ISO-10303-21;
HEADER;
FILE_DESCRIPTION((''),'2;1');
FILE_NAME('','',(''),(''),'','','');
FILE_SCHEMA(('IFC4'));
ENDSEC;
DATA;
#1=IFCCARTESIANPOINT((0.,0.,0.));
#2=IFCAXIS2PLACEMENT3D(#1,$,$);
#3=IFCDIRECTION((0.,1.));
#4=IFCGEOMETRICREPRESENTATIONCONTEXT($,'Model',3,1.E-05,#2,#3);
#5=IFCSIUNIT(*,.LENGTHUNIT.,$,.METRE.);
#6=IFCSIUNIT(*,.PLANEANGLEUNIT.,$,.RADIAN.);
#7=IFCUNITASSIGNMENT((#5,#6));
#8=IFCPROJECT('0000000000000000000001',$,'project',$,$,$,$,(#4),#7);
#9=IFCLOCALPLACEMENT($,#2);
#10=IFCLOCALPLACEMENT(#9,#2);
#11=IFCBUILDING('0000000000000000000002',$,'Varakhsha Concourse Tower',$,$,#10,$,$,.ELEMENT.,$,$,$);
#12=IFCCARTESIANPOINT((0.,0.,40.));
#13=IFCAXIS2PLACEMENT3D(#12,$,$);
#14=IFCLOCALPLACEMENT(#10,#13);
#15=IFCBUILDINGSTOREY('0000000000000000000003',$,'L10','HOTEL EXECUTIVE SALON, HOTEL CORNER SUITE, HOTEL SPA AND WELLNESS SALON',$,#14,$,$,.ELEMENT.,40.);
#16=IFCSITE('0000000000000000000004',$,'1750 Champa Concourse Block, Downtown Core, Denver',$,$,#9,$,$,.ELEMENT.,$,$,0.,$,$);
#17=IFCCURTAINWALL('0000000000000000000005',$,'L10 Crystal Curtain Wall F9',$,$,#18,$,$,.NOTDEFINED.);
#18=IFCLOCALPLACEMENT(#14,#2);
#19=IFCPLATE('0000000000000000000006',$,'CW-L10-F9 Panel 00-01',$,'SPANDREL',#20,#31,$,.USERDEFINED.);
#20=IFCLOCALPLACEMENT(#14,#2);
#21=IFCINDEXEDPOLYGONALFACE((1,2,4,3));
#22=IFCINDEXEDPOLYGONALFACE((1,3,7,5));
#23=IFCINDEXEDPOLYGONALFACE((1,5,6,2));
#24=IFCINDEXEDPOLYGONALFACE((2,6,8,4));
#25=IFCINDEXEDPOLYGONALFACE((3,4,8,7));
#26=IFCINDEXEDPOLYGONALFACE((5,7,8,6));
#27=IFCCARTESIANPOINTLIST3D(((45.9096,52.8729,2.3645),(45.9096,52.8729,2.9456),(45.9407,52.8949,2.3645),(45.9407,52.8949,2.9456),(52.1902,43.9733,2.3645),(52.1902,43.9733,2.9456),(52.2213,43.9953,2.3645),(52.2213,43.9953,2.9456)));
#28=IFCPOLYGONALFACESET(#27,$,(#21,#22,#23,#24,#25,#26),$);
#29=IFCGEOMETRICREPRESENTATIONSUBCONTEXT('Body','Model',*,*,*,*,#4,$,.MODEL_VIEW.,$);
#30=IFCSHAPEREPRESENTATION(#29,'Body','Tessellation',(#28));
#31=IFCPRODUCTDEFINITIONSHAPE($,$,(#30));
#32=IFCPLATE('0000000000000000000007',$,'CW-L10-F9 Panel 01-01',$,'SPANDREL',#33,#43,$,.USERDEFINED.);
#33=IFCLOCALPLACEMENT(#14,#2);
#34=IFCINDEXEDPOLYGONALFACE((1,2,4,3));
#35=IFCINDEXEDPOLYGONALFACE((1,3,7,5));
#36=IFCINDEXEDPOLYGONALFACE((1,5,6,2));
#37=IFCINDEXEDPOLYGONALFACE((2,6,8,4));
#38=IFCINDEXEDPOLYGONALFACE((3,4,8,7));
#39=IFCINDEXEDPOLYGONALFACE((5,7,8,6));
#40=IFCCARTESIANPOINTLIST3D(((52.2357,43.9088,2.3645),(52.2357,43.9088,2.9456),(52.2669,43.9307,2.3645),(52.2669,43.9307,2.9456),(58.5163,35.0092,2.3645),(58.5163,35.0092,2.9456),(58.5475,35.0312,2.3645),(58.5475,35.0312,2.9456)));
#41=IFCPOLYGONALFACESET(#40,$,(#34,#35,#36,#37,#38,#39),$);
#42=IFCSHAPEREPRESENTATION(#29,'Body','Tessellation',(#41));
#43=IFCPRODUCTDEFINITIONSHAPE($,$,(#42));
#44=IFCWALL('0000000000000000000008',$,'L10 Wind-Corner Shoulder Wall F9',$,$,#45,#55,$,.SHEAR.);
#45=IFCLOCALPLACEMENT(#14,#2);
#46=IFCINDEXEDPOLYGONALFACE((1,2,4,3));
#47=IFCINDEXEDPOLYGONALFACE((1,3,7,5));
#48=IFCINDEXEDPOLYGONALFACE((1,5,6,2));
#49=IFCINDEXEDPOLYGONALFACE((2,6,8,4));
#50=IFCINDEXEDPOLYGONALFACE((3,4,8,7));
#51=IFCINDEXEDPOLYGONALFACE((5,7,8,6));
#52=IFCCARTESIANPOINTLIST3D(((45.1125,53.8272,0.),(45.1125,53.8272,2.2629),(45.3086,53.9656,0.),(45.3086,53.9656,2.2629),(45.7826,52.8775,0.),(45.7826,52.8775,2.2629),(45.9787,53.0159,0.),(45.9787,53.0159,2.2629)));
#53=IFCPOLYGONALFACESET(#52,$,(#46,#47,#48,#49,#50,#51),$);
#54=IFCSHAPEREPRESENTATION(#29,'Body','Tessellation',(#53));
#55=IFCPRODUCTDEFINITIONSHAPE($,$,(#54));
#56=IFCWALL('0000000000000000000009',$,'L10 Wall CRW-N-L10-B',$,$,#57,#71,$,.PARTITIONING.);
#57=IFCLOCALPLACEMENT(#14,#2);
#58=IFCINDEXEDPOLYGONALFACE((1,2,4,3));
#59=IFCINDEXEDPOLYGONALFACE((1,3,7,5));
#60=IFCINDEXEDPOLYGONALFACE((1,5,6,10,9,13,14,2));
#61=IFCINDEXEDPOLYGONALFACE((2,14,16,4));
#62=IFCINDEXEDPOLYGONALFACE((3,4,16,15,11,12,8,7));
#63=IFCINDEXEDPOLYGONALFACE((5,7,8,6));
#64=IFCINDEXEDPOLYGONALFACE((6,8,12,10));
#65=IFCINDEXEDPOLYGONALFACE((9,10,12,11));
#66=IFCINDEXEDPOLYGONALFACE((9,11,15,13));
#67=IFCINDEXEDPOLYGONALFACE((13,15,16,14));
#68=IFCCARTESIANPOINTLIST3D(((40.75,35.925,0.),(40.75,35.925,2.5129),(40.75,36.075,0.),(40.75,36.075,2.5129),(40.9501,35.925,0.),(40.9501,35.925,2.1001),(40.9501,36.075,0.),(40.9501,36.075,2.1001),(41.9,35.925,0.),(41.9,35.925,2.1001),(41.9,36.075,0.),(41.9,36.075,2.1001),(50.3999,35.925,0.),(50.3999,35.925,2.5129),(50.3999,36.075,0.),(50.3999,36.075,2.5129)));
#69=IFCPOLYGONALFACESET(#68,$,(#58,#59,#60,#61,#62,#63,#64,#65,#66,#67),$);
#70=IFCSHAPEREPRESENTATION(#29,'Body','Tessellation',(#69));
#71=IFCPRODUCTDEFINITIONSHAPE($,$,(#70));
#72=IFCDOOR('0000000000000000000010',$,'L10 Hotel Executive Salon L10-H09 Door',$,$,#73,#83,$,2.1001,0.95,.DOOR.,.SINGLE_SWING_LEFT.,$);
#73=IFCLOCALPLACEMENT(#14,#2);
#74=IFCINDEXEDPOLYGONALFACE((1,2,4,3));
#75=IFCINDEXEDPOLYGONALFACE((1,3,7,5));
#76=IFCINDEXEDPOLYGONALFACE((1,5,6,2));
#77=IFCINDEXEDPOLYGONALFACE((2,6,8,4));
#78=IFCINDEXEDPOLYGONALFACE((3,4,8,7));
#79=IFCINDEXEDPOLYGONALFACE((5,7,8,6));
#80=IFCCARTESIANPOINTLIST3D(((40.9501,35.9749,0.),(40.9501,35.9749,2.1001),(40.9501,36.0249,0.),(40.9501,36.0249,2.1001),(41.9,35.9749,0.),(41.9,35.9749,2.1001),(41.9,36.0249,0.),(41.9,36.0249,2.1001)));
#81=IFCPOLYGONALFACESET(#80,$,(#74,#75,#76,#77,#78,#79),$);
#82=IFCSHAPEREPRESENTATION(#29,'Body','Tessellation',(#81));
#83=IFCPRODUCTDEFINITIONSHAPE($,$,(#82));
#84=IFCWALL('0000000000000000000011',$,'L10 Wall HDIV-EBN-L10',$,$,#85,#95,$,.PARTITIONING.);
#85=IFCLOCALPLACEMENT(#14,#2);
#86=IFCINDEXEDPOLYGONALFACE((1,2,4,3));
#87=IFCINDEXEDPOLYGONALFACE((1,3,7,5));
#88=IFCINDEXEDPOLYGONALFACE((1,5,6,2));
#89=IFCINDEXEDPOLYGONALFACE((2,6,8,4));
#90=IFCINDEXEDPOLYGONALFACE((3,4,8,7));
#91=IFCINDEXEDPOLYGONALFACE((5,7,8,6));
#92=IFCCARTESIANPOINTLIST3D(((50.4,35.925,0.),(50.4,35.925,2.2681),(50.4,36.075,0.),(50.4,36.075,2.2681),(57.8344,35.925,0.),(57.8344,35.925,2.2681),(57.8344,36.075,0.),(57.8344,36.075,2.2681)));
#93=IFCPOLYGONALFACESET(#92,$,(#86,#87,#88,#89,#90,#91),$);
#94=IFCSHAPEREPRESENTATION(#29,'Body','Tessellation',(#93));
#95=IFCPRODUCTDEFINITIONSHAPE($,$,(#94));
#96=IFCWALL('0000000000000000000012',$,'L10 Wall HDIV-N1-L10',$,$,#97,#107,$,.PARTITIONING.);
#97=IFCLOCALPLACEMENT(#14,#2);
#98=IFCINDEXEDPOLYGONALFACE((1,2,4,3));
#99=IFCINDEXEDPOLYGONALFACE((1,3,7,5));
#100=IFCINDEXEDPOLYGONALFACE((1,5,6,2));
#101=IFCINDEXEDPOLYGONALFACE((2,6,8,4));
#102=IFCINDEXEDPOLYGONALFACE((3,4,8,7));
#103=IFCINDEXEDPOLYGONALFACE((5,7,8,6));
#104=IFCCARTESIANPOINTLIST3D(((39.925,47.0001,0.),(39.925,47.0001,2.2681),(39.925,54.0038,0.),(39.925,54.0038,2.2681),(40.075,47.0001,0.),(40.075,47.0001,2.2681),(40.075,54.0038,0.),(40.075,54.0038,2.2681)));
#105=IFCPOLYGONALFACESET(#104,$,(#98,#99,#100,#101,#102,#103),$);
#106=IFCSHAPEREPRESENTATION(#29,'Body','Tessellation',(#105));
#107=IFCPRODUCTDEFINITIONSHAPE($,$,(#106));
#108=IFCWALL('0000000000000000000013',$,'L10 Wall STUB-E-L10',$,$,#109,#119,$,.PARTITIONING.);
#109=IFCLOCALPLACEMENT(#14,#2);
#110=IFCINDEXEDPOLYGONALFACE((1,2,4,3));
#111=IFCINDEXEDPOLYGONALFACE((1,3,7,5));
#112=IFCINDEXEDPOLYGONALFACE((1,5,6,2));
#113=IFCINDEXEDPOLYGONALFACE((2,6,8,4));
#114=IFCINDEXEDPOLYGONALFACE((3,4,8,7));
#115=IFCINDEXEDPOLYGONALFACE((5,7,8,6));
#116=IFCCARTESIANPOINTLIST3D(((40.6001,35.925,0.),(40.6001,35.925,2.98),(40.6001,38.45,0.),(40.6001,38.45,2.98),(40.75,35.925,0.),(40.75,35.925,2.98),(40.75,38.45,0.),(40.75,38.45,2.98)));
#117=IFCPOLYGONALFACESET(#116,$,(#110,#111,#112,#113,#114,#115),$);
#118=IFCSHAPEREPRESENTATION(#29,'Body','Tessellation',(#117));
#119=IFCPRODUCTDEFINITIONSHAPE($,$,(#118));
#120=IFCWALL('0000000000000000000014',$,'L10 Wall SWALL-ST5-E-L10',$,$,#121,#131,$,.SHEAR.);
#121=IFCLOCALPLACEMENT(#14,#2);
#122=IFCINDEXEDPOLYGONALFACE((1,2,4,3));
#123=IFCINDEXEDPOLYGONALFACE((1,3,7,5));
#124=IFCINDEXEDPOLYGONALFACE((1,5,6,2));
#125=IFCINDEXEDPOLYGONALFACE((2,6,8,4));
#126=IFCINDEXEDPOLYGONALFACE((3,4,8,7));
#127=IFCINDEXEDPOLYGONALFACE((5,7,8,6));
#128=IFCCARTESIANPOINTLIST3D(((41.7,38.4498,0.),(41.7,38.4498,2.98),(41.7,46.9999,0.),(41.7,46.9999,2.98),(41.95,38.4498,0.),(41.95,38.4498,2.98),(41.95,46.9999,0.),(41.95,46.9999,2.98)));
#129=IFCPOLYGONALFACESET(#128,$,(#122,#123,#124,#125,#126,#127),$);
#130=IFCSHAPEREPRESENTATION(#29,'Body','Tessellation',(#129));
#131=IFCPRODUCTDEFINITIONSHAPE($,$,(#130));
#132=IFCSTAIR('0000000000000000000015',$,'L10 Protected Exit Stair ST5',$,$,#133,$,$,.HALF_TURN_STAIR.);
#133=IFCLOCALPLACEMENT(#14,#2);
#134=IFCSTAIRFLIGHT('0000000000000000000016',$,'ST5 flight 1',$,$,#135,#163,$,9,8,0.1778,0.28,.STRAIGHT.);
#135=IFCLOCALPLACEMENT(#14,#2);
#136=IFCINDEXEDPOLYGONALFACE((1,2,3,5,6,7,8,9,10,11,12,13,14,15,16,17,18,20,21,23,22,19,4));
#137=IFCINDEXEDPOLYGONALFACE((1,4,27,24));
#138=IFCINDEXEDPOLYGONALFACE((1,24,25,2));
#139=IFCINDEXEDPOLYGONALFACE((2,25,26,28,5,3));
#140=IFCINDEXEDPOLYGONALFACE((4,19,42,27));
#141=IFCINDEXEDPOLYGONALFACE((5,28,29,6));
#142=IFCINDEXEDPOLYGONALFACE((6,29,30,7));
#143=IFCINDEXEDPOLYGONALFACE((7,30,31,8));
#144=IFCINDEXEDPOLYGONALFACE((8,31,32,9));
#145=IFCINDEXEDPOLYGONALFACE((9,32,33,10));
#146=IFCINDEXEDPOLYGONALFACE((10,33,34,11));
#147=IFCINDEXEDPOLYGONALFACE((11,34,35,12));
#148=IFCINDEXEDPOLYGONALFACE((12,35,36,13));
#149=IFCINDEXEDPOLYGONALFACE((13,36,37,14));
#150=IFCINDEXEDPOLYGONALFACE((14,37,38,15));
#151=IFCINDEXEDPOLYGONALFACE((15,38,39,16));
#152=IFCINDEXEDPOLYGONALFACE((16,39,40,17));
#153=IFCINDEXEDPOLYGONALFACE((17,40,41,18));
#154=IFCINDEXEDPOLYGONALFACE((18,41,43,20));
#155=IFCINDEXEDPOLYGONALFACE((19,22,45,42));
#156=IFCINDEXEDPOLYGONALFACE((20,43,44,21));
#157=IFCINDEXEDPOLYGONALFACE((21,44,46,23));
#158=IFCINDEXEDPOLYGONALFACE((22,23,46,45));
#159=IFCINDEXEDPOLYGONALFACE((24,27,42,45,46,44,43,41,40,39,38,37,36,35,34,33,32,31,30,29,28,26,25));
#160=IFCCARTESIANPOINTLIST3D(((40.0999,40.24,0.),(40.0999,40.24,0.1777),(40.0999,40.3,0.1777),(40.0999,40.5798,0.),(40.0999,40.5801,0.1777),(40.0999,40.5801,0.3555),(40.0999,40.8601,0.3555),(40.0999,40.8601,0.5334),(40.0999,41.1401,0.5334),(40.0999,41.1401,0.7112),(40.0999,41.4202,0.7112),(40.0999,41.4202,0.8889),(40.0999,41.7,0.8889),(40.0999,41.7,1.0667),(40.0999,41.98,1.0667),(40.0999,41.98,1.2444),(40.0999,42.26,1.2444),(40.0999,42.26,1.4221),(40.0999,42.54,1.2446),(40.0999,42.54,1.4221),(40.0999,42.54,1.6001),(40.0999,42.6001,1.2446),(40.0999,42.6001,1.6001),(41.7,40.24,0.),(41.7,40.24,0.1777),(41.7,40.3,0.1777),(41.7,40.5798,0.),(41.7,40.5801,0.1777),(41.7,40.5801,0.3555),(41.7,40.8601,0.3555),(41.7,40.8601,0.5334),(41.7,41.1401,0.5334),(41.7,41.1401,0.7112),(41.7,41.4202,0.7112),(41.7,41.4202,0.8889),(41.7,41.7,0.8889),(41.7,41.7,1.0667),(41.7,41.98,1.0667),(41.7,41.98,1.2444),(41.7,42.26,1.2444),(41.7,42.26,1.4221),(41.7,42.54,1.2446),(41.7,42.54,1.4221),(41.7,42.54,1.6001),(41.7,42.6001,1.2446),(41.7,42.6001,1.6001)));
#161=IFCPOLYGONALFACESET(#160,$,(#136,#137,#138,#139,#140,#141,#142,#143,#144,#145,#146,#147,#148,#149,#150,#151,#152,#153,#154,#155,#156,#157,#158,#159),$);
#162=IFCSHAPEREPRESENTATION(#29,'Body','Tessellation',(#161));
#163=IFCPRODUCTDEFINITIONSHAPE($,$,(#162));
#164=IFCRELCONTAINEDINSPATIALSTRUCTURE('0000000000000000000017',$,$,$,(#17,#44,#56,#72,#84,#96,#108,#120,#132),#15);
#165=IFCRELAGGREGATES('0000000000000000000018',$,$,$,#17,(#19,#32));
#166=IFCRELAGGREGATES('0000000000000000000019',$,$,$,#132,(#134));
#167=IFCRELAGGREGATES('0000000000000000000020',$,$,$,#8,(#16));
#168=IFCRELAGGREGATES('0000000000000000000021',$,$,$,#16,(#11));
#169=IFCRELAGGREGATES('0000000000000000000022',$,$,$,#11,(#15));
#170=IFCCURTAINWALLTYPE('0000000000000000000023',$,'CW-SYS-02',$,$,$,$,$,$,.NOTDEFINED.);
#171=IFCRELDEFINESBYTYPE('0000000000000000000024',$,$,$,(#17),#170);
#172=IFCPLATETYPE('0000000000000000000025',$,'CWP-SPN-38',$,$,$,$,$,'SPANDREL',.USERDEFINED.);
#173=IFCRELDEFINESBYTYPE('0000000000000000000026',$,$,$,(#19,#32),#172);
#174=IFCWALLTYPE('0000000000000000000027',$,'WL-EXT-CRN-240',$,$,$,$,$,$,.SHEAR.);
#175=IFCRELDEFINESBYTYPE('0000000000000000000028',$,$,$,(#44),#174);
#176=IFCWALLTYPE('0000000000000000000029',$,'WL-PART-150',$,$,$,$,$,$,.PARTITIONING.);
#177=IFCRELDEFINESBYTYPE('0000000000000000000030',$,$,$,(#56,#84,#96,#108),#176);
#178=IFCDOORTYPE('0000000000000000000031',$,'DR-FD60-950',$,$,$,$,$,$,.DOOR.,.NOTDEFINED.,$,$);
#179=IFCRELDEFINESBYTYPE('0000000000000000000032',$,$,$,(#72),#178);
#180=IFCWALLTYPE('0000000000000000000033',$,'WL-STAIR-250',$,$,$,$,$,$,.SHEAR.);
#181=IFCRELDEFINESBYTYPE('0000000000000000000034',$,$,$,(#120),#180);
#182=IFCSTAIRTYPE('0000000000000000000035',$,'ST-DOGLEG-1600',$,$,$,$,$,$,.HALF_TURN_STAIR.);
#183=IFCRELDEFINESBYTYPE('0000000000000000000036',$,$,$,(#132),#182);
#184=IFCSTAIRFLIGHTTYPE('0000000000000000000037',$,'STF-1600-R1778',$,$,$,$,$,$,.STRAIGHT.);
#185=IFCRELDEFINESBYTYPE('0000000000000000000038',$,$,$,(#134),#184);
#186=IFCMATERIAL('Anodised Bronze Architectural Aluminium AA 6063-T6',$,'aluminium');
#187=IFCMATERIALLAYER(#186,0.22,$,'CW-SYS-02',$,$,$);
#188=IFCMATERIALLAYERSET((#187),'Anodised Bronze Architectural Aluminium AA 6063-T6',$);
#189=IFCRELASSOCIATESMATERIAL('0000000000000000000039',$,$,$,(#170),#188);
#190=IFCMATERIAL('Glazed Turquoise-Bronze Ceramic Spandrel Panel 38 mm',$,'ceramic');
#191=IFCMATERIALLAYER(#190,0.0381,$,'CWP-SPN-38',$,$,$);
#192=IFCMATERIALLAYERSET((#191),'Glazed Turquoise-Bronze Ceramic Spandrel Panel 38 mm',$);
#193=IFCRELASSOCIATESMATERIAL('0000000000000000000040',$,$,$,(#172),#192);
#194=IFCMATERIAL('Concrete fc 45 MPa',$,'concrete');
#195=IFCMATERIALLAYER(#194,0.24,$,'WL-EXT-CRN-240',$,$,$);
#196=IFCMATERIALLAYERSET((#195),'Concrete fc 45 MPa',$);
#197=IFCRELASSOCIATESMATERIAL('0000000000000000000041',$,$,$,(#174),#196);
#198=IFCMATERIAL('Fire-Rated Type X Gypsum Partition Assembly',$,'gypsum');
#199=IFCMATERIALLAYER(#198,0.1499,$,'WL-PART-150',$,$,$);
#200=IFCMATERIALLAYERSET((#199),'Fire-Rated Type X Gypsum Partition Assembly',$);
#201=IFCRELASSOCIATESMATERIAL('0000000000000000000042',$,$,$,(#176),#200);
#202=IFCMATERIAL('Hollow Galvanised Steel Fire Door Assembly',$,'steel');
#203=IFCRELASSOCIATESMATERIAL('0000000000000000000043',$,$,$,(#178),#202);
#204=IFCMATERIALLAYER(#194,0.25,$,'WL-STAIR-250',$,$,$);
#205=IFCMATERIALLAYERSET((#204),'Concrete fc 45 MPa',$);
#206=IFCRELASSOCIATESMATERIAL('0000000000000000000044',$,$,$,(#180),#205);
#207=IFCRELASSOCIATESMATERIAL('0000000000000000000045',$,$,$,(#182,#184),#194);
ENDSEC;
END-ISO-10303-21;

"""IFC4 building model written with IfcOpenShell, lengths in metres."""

from ifc_helpers import new_model, si_unit, direction, frame, frame_2d, origin, origin_2d, place, context, subcontext, project, spatial, polyline, rectangle, outline, extrude, source, transform, mapped, material, layer, layer_set, type_object, type_shapes, element, fill, aggregate, save


model = new_model("IFC4")

# Units and contexts
model_context = context("Model", 3, precision=1e-05, world=origin(), true_north=direction((0.0, 1.0)))
body_context = subcontext(model_context, "Body", "Model", "MODEL_VIEW")
ifc_project = project(units=[si_unit("LENGTHUNIT", "METRE"), si_unit("PLANEANGLEUNIT", "RADIAN")], contexts=[model_context])

# Site, building, storey
site_placement = place(None, origin())
site = spatial("IfcSite", under=ifc_project, at=site_placement, Name="1750 Champa Concourse Block, Downtown Core, Denver", CompositionType="ELEMENT", RefElevation=0.0)
building_placement = place(site_placement, origin())
building = spatial("IfcBuilding", under=site, at=building_placement, Name="Varakhsha Concourse Tower", CompositionType="ELEMENT")
storey_placement = place(building_placement, frame((0.0, 0.0, 40.0)))
storey = spatial("IfcBuildingStorey", under=building, at=storey_placement, Name="L10", Description="HOTEL EXECUTIVE SALON, HOTEL CORNER SUITE, HOTEL SPA AND WELLNESS SALON", CompositionType="ELEMENT", Elevation=40.0)

# Curtain wall
ifc_material_1 = material(Name="Anodised Bronze Architectural Aluminium AA 6063-T6", Category="aluminium")
ifc_layer_1 = layer(ifc_material_1, 0.22, Name="CW-SYS-02")
ifc_layer_set_1 = layer_set([ifc_layer_1], Name="Anodised Bronze Architectural Aluminium AA 6063-T6")
curtain_wall_type = type_object("IfcCurtainWallType", Name="CW-SYS-02", PredefinedType="NOTDEFINED", material=ifc_layer_set_1)
curtain_wall_placement = place(storey_placement, origin())
curtain_wall = element("IfcCurtainWall", 1, at=curtain_wall_placement, inside=storey, type_object=curtain_wall_type, Name="L10 Crystal Curtain Wall F9", PredefinedType="NOTDEFINED")

# Plates
ifc_material_2 = material(Name="Glazed Turquoise-Bronze Ceramic Spandrel Panel 38 mm", Category="ceramic")
ifc_layer_2 = layer(ifc_material_2, 0.0381, Name="CWP-SPN-38")
ifc_layer_set_2 = layer_set([ifc_layer_2], Name="Glazed Turquoise-Bronze Ceramic Spandrel Panel 38 mm")
plate_type_1 = type_object("IfcPlateType", Name="CWP-SPN-38", ElementType="SPANDREL", PredefinedType="USERDEFINED", material=ifc_layer_set_2)
shared_shape_1 = source(origin(), body_context, "Body", "SweptSolid", [
    extrude(rectangle(XDim=10.8926, YDim=0.0381, at=origin_2d()), origin(), (0.0, 0.0, 1.0), 0.5811),
])
type_shapes(plate_type_1, [shared_shape_1])
plate_1_placement = place(storey_placement, frame((49.0654, 48.4341, 2.3645), z_axis=(0.0, 0.0, 1.0), x_axis=(0.576593, -0.817031, 0.0)))
plate_1 = element("IfcPlate", 2, at=plate_1_placement, type_object=plate_type_1, Name="CW-L10-F9 Panel 00-01", ObjectType="SPANDREL", PredefinedType="USERDEFINED", context=body_context, shape_type="MappedRepresentation", body=[
    mapped(shared_shape_1, transform((0.0, 0.0, 0.0), scale=1.0)),
])
plate_2_placement = place(storey_placement, frame((55.3916, 39.47, 2.3645), z_axis=(0.0, 0.0, 1.0), x_axis=(0.576593, -0.817031, 0.0)))
plate_2 = element("IfcPlate", 3, at=plate_2_placement, type_object=plate_type_1, Name="CW-L10-F9 Panel 01-01", ObjectType="SPANDREL", PredefinedType="USERDEFINED", context=body_context, shape_type="MappedRepresentation", body=[
    mapped(shared_shape_1, transform((0.0, 0.0, 0.0), scale=1.0)),
])
aggregate(curtain_wall, [plate_1, plate_2])

# Wall
ifc_material_3 = material(Name="Concrete fc 45 MPa", Category="concrete")
ifc_layer_3 = layer(ifc_material_3, 0.24, Name="WL-EXT-CRN-240")
ifc_layer_set_3 = layer_set([ifc_layer_3], Name="Concrete fc 45 MPa")
wall_type_1 = type_object("IfcWallType", Name="WL-EXT-CRN-240", PredefinedType="SHEAR", material=ifc_layer_set_3)
wall_1_placement = place(storey_placement, frame((45.8806, 52.9468, 0.0), z_axis=(0.0, 0.0, 1.0), x_axis=(-0.576559, 0.817055, 0.0)))
element("IfcWall", 4, at=wall_1_placement, inside=storey, type_object=wall_type_1, Name="L10 Wind-Corner Shoulder Wall F9", PredefinedType="SHEAR", context=body_context, shape_type="SweptSolid", body=[
    extrude(rectangle(XDim=1.1624, YDim=0.24, at=frame_2d((0.5811, 0.0))), origin(), (0.0, 0.0, 1.0), 2.2629),
])

# Wall, opening, door
ifc_material_4 = material(Name="Fire-Rated Type X Gypsum Partition Assembly", Category="gypsum")
ifc_layer_4 = layer(ifc_material_4, 0.1499, Name="WL-PART-150")
ifc_layer_set_4 = layer_set([ifc_layer_4], Name="Fire-Rated Type X Gypsum Partition Assembly")
wall_type_2 = type_object("IfcWallType", Name="WL-PART-150", PredefinedType="PARTITIONING", material=ifc_layer_set_4)
wall_2_placement = place(storey_placement, frame((40.75, 36.0, 0.0), z_axis=(0.0, 0.0, 1.0), x_axis=(1.0, 0.0, 0.0)))
wall_2 = element("IfcWall", 5, at=wall_2_placement, inside=storey, type_object=wall_type_2, Name="L10 Wall CRW-N-L10-B", PredefinedType="PARTITIONING", context=body_context, shape_type="SweptSolid", body=[
    extrude(rectangle(XDim=9.6499, YDim=0.1499, at=frame_2d((4.825, 0.0))), origin(), (0.0, 0.0, 1.0), 2.5129),
])
opening_placement = place(wall_2_placement, frame((0.2, 0.0, 0.0)))
opening = element("IfcOpeningElement", 6, at=opening_placement, cuts=wall_2, PredefinedType="OPENING", context=body_context, shape_type="SweptSolid", body=[
    extrude(rectangle(XDim=0.95, YDim=2.1001, at=frame_2d((0.4751, 1.05))), frame((0.0, 0.085, 0.0), z_axis=(0.0, -1.0, 0.0), x_axis=(1.0, 0.0, 0.0)), (0.0, 0.0, 1.0), 0.1699),
])
ifc_material_5 = material(Name="Hollow Galvanised Steel Fire Door Assembly", Category="steel")
door_type = type_object("IfcDoorType", Name="DR-FD60-950", OperationType="NOTDEFINED", PredefinedType="DOOR", material=ifc_material_5)
door_placement = place(opening_placement, origin())
door = element("IfcDoor", 7, at=door_placement, inside=storey, type_object=door_type, Name="L10 Hotel Executive Salon L10-H09 Door", OperationType="SINGLE_SWING_LEFT", OverallHeight=2.1001, OverallWidth=0.95, PredefinedType="DOOR", context=body_context, shape_type="SweptSolid", body=[
    extrude(rectangle(XDim=0.95, YDim=2.1001, at=frame_2d((0.4751, 1.05))), frame((0.0, 0.0249, 0.0), z_axis=(0.0, -1.0, 0.0), x_axis=(1.0, 0.0, 0.0)), (0.0, 0.0, 1.0), 0.05),
])
fill(opening, door)

# Walls
wall_3_placement = place(storey_placement, frame((50.3999, 36.0, 0.0), z_axis=(0.0, 0.0, 1.0), x_axis=(1.0, 0.0, 0.0)))
element("IfcWall", 8, at=wall_3_placement, inside=storey, type_object=wall_type_2, Name="L10 Wall HDIV-EBN-L10", PredefinedType="PARTITIONING", context=body_context, shape_type="SweptSolid", body=[
    extrude(rectangle(XDim=7.4343, YDim=0.1499, at=frame_2d((3.7173, 0.0))), origin(), (0.0, 0.0, 1.0), 2.2681),
])
wall_4_placement = place(storey_placement, frame((40.0, 47.0, 0.0), z_axis=(0.0, 0.0, 1.0), x_axis=(0.0, 1.0, 0.0)))
element("IfcWall", 9, at=wall_4_placement, inside=storey, type_object=wall_type_2, Name="L10 Wall HDIV-N1-L10", PredefinedType="PARTITIONING", context=body_context, shape_type="SweptSolid", body=[
    extrude(rectangle(XDim=7.0037, YDim=0.1499, at=frame_2d((3.502, 0.0))), origin(), (0.0, 0.0, 1.0), 2.2681),
])
wall_5_placement = place(storey_placement, frame((40.675, 35.925, 0.0), z_axis=(0.0, 0.0, 1.0), x_axis=(0.0, 1.0, 0.0)))
element("IfcWall", 10, at=wall_5_placement, inside=storey, type_object=wall_type_2, Name="L10 Wall STUB-E-L10", PredefinedType="PARTITIONING", context=body_context, shape_type="SweptSolid", body=[
    extrude(rectangle(XDim=2.5249, YDim=0.1499, at=frame_2d((1.2625, 0.0))), origin(), (0.0, 0.0, 1.0), 2.98),
])
ifc_layer_5 = layer(ifc_material_3, 0.25, Name="WL-STAIR-250")
ifc_layer_set_5 = layer_set([ifc_layer_5], Name="Concrete fc 45 MPa")
wall_type_3 = type_object("IfcWallType", Name="WL-STAIR-250", PredefinedType="SHEAR", material=ifc_layer_set_5)
wall_6_placement = place(storey_placement, frame((41.825, 38.45, 0.0), z_axis=(0.0, 0.0, 1.0), x_axis=(0.0, 1.0, 0.0)))
element("IfcWall", 11, at=wall_6_placement, inside=storey, type_object=wall_type_3, Name="L10 Wall SWALL-ST5-E-L10", PredefinedType="SHEAR", context=body_context, shape_type="SweptSolid", body=[
    extrude(rectangle(XDim=8.55, YDim=0.25, at=frame_2d((4.2749, 0.0))), origin(), (0.0, 0.0, 1.0), 2.98),
])

# Stair, stair flight
stair_type = type_object("IfcStairType", Name="ST-DOGLEG-1600", PredefinedType="HALF_TURN_STAIR", material=ifc_material_3)
stair_placement = place(storey_placement, origin())
stair = element("IfcStair", 12, at=stair_placement, inside=storey, type_object=stair_type, Name="L10 Protected Exit Stair ST5", PredefinedType="HALF_TURN_STAIR")
stair_flight_type = type_object("IfcStairFlightType", Name="STF-1600-R1778", PredefinedType="STRAIGHT", material=ifc_material_3)
stair_flight_placement = place(storey_placement, frame((40.8999, 40.3, 0.0), z_axis=(0.0, 0.0, 1.0), x_axis=(0.0, 1.0, 0.0)))
stair_flight = element("IfcStairFlight", 13, at=stair_flight_placement, type_object=stair_flight_type, Name="ST5 flight 1", NumberOfRisers=9, NumberOfTreads=8, PredefinedType="STRAIGHT", RiserHeight=0.1778, TreadLength=0.28, context=body_context, shape_type="SweptSolid", body=[
    extrude(outline(polyline([(-0.0601, 0.0), (-0.0601, 0.1777), (0.0, 0.1777), (0.28, 0.1777), (0.28, 0.3555), (0.5601, 0.3555), (0.5601, 0.5334), (0.8401, 0.5334), (0.8401, 0.7112), (1.1201, 0.7112), (1.1201, 0.8889), (1.3999, 0.8889), (1.3999, 1.0667), (1.6799, 1.0667), (1.6799, 1.2444), (1.96, 1.2444), (1.96, 1.4221), (2.24, 1.4221), (2.24, 1.6001), (2.3, 1.6001), (2.3, 1.2446), (2.24, 1.2446), (0.2798, 0.0), (-0.0601, 0.0)])), frame((0.0, 0.8, 0.0), z_axis=(0.0, -1.0, 0.0), x_axis=(1.0, 0.0, 0.0)), (0.0, 0.0, 1.0), 1.6001),
])
aggregate(stair, [stair_flight])

save(model, "model.ifc")
